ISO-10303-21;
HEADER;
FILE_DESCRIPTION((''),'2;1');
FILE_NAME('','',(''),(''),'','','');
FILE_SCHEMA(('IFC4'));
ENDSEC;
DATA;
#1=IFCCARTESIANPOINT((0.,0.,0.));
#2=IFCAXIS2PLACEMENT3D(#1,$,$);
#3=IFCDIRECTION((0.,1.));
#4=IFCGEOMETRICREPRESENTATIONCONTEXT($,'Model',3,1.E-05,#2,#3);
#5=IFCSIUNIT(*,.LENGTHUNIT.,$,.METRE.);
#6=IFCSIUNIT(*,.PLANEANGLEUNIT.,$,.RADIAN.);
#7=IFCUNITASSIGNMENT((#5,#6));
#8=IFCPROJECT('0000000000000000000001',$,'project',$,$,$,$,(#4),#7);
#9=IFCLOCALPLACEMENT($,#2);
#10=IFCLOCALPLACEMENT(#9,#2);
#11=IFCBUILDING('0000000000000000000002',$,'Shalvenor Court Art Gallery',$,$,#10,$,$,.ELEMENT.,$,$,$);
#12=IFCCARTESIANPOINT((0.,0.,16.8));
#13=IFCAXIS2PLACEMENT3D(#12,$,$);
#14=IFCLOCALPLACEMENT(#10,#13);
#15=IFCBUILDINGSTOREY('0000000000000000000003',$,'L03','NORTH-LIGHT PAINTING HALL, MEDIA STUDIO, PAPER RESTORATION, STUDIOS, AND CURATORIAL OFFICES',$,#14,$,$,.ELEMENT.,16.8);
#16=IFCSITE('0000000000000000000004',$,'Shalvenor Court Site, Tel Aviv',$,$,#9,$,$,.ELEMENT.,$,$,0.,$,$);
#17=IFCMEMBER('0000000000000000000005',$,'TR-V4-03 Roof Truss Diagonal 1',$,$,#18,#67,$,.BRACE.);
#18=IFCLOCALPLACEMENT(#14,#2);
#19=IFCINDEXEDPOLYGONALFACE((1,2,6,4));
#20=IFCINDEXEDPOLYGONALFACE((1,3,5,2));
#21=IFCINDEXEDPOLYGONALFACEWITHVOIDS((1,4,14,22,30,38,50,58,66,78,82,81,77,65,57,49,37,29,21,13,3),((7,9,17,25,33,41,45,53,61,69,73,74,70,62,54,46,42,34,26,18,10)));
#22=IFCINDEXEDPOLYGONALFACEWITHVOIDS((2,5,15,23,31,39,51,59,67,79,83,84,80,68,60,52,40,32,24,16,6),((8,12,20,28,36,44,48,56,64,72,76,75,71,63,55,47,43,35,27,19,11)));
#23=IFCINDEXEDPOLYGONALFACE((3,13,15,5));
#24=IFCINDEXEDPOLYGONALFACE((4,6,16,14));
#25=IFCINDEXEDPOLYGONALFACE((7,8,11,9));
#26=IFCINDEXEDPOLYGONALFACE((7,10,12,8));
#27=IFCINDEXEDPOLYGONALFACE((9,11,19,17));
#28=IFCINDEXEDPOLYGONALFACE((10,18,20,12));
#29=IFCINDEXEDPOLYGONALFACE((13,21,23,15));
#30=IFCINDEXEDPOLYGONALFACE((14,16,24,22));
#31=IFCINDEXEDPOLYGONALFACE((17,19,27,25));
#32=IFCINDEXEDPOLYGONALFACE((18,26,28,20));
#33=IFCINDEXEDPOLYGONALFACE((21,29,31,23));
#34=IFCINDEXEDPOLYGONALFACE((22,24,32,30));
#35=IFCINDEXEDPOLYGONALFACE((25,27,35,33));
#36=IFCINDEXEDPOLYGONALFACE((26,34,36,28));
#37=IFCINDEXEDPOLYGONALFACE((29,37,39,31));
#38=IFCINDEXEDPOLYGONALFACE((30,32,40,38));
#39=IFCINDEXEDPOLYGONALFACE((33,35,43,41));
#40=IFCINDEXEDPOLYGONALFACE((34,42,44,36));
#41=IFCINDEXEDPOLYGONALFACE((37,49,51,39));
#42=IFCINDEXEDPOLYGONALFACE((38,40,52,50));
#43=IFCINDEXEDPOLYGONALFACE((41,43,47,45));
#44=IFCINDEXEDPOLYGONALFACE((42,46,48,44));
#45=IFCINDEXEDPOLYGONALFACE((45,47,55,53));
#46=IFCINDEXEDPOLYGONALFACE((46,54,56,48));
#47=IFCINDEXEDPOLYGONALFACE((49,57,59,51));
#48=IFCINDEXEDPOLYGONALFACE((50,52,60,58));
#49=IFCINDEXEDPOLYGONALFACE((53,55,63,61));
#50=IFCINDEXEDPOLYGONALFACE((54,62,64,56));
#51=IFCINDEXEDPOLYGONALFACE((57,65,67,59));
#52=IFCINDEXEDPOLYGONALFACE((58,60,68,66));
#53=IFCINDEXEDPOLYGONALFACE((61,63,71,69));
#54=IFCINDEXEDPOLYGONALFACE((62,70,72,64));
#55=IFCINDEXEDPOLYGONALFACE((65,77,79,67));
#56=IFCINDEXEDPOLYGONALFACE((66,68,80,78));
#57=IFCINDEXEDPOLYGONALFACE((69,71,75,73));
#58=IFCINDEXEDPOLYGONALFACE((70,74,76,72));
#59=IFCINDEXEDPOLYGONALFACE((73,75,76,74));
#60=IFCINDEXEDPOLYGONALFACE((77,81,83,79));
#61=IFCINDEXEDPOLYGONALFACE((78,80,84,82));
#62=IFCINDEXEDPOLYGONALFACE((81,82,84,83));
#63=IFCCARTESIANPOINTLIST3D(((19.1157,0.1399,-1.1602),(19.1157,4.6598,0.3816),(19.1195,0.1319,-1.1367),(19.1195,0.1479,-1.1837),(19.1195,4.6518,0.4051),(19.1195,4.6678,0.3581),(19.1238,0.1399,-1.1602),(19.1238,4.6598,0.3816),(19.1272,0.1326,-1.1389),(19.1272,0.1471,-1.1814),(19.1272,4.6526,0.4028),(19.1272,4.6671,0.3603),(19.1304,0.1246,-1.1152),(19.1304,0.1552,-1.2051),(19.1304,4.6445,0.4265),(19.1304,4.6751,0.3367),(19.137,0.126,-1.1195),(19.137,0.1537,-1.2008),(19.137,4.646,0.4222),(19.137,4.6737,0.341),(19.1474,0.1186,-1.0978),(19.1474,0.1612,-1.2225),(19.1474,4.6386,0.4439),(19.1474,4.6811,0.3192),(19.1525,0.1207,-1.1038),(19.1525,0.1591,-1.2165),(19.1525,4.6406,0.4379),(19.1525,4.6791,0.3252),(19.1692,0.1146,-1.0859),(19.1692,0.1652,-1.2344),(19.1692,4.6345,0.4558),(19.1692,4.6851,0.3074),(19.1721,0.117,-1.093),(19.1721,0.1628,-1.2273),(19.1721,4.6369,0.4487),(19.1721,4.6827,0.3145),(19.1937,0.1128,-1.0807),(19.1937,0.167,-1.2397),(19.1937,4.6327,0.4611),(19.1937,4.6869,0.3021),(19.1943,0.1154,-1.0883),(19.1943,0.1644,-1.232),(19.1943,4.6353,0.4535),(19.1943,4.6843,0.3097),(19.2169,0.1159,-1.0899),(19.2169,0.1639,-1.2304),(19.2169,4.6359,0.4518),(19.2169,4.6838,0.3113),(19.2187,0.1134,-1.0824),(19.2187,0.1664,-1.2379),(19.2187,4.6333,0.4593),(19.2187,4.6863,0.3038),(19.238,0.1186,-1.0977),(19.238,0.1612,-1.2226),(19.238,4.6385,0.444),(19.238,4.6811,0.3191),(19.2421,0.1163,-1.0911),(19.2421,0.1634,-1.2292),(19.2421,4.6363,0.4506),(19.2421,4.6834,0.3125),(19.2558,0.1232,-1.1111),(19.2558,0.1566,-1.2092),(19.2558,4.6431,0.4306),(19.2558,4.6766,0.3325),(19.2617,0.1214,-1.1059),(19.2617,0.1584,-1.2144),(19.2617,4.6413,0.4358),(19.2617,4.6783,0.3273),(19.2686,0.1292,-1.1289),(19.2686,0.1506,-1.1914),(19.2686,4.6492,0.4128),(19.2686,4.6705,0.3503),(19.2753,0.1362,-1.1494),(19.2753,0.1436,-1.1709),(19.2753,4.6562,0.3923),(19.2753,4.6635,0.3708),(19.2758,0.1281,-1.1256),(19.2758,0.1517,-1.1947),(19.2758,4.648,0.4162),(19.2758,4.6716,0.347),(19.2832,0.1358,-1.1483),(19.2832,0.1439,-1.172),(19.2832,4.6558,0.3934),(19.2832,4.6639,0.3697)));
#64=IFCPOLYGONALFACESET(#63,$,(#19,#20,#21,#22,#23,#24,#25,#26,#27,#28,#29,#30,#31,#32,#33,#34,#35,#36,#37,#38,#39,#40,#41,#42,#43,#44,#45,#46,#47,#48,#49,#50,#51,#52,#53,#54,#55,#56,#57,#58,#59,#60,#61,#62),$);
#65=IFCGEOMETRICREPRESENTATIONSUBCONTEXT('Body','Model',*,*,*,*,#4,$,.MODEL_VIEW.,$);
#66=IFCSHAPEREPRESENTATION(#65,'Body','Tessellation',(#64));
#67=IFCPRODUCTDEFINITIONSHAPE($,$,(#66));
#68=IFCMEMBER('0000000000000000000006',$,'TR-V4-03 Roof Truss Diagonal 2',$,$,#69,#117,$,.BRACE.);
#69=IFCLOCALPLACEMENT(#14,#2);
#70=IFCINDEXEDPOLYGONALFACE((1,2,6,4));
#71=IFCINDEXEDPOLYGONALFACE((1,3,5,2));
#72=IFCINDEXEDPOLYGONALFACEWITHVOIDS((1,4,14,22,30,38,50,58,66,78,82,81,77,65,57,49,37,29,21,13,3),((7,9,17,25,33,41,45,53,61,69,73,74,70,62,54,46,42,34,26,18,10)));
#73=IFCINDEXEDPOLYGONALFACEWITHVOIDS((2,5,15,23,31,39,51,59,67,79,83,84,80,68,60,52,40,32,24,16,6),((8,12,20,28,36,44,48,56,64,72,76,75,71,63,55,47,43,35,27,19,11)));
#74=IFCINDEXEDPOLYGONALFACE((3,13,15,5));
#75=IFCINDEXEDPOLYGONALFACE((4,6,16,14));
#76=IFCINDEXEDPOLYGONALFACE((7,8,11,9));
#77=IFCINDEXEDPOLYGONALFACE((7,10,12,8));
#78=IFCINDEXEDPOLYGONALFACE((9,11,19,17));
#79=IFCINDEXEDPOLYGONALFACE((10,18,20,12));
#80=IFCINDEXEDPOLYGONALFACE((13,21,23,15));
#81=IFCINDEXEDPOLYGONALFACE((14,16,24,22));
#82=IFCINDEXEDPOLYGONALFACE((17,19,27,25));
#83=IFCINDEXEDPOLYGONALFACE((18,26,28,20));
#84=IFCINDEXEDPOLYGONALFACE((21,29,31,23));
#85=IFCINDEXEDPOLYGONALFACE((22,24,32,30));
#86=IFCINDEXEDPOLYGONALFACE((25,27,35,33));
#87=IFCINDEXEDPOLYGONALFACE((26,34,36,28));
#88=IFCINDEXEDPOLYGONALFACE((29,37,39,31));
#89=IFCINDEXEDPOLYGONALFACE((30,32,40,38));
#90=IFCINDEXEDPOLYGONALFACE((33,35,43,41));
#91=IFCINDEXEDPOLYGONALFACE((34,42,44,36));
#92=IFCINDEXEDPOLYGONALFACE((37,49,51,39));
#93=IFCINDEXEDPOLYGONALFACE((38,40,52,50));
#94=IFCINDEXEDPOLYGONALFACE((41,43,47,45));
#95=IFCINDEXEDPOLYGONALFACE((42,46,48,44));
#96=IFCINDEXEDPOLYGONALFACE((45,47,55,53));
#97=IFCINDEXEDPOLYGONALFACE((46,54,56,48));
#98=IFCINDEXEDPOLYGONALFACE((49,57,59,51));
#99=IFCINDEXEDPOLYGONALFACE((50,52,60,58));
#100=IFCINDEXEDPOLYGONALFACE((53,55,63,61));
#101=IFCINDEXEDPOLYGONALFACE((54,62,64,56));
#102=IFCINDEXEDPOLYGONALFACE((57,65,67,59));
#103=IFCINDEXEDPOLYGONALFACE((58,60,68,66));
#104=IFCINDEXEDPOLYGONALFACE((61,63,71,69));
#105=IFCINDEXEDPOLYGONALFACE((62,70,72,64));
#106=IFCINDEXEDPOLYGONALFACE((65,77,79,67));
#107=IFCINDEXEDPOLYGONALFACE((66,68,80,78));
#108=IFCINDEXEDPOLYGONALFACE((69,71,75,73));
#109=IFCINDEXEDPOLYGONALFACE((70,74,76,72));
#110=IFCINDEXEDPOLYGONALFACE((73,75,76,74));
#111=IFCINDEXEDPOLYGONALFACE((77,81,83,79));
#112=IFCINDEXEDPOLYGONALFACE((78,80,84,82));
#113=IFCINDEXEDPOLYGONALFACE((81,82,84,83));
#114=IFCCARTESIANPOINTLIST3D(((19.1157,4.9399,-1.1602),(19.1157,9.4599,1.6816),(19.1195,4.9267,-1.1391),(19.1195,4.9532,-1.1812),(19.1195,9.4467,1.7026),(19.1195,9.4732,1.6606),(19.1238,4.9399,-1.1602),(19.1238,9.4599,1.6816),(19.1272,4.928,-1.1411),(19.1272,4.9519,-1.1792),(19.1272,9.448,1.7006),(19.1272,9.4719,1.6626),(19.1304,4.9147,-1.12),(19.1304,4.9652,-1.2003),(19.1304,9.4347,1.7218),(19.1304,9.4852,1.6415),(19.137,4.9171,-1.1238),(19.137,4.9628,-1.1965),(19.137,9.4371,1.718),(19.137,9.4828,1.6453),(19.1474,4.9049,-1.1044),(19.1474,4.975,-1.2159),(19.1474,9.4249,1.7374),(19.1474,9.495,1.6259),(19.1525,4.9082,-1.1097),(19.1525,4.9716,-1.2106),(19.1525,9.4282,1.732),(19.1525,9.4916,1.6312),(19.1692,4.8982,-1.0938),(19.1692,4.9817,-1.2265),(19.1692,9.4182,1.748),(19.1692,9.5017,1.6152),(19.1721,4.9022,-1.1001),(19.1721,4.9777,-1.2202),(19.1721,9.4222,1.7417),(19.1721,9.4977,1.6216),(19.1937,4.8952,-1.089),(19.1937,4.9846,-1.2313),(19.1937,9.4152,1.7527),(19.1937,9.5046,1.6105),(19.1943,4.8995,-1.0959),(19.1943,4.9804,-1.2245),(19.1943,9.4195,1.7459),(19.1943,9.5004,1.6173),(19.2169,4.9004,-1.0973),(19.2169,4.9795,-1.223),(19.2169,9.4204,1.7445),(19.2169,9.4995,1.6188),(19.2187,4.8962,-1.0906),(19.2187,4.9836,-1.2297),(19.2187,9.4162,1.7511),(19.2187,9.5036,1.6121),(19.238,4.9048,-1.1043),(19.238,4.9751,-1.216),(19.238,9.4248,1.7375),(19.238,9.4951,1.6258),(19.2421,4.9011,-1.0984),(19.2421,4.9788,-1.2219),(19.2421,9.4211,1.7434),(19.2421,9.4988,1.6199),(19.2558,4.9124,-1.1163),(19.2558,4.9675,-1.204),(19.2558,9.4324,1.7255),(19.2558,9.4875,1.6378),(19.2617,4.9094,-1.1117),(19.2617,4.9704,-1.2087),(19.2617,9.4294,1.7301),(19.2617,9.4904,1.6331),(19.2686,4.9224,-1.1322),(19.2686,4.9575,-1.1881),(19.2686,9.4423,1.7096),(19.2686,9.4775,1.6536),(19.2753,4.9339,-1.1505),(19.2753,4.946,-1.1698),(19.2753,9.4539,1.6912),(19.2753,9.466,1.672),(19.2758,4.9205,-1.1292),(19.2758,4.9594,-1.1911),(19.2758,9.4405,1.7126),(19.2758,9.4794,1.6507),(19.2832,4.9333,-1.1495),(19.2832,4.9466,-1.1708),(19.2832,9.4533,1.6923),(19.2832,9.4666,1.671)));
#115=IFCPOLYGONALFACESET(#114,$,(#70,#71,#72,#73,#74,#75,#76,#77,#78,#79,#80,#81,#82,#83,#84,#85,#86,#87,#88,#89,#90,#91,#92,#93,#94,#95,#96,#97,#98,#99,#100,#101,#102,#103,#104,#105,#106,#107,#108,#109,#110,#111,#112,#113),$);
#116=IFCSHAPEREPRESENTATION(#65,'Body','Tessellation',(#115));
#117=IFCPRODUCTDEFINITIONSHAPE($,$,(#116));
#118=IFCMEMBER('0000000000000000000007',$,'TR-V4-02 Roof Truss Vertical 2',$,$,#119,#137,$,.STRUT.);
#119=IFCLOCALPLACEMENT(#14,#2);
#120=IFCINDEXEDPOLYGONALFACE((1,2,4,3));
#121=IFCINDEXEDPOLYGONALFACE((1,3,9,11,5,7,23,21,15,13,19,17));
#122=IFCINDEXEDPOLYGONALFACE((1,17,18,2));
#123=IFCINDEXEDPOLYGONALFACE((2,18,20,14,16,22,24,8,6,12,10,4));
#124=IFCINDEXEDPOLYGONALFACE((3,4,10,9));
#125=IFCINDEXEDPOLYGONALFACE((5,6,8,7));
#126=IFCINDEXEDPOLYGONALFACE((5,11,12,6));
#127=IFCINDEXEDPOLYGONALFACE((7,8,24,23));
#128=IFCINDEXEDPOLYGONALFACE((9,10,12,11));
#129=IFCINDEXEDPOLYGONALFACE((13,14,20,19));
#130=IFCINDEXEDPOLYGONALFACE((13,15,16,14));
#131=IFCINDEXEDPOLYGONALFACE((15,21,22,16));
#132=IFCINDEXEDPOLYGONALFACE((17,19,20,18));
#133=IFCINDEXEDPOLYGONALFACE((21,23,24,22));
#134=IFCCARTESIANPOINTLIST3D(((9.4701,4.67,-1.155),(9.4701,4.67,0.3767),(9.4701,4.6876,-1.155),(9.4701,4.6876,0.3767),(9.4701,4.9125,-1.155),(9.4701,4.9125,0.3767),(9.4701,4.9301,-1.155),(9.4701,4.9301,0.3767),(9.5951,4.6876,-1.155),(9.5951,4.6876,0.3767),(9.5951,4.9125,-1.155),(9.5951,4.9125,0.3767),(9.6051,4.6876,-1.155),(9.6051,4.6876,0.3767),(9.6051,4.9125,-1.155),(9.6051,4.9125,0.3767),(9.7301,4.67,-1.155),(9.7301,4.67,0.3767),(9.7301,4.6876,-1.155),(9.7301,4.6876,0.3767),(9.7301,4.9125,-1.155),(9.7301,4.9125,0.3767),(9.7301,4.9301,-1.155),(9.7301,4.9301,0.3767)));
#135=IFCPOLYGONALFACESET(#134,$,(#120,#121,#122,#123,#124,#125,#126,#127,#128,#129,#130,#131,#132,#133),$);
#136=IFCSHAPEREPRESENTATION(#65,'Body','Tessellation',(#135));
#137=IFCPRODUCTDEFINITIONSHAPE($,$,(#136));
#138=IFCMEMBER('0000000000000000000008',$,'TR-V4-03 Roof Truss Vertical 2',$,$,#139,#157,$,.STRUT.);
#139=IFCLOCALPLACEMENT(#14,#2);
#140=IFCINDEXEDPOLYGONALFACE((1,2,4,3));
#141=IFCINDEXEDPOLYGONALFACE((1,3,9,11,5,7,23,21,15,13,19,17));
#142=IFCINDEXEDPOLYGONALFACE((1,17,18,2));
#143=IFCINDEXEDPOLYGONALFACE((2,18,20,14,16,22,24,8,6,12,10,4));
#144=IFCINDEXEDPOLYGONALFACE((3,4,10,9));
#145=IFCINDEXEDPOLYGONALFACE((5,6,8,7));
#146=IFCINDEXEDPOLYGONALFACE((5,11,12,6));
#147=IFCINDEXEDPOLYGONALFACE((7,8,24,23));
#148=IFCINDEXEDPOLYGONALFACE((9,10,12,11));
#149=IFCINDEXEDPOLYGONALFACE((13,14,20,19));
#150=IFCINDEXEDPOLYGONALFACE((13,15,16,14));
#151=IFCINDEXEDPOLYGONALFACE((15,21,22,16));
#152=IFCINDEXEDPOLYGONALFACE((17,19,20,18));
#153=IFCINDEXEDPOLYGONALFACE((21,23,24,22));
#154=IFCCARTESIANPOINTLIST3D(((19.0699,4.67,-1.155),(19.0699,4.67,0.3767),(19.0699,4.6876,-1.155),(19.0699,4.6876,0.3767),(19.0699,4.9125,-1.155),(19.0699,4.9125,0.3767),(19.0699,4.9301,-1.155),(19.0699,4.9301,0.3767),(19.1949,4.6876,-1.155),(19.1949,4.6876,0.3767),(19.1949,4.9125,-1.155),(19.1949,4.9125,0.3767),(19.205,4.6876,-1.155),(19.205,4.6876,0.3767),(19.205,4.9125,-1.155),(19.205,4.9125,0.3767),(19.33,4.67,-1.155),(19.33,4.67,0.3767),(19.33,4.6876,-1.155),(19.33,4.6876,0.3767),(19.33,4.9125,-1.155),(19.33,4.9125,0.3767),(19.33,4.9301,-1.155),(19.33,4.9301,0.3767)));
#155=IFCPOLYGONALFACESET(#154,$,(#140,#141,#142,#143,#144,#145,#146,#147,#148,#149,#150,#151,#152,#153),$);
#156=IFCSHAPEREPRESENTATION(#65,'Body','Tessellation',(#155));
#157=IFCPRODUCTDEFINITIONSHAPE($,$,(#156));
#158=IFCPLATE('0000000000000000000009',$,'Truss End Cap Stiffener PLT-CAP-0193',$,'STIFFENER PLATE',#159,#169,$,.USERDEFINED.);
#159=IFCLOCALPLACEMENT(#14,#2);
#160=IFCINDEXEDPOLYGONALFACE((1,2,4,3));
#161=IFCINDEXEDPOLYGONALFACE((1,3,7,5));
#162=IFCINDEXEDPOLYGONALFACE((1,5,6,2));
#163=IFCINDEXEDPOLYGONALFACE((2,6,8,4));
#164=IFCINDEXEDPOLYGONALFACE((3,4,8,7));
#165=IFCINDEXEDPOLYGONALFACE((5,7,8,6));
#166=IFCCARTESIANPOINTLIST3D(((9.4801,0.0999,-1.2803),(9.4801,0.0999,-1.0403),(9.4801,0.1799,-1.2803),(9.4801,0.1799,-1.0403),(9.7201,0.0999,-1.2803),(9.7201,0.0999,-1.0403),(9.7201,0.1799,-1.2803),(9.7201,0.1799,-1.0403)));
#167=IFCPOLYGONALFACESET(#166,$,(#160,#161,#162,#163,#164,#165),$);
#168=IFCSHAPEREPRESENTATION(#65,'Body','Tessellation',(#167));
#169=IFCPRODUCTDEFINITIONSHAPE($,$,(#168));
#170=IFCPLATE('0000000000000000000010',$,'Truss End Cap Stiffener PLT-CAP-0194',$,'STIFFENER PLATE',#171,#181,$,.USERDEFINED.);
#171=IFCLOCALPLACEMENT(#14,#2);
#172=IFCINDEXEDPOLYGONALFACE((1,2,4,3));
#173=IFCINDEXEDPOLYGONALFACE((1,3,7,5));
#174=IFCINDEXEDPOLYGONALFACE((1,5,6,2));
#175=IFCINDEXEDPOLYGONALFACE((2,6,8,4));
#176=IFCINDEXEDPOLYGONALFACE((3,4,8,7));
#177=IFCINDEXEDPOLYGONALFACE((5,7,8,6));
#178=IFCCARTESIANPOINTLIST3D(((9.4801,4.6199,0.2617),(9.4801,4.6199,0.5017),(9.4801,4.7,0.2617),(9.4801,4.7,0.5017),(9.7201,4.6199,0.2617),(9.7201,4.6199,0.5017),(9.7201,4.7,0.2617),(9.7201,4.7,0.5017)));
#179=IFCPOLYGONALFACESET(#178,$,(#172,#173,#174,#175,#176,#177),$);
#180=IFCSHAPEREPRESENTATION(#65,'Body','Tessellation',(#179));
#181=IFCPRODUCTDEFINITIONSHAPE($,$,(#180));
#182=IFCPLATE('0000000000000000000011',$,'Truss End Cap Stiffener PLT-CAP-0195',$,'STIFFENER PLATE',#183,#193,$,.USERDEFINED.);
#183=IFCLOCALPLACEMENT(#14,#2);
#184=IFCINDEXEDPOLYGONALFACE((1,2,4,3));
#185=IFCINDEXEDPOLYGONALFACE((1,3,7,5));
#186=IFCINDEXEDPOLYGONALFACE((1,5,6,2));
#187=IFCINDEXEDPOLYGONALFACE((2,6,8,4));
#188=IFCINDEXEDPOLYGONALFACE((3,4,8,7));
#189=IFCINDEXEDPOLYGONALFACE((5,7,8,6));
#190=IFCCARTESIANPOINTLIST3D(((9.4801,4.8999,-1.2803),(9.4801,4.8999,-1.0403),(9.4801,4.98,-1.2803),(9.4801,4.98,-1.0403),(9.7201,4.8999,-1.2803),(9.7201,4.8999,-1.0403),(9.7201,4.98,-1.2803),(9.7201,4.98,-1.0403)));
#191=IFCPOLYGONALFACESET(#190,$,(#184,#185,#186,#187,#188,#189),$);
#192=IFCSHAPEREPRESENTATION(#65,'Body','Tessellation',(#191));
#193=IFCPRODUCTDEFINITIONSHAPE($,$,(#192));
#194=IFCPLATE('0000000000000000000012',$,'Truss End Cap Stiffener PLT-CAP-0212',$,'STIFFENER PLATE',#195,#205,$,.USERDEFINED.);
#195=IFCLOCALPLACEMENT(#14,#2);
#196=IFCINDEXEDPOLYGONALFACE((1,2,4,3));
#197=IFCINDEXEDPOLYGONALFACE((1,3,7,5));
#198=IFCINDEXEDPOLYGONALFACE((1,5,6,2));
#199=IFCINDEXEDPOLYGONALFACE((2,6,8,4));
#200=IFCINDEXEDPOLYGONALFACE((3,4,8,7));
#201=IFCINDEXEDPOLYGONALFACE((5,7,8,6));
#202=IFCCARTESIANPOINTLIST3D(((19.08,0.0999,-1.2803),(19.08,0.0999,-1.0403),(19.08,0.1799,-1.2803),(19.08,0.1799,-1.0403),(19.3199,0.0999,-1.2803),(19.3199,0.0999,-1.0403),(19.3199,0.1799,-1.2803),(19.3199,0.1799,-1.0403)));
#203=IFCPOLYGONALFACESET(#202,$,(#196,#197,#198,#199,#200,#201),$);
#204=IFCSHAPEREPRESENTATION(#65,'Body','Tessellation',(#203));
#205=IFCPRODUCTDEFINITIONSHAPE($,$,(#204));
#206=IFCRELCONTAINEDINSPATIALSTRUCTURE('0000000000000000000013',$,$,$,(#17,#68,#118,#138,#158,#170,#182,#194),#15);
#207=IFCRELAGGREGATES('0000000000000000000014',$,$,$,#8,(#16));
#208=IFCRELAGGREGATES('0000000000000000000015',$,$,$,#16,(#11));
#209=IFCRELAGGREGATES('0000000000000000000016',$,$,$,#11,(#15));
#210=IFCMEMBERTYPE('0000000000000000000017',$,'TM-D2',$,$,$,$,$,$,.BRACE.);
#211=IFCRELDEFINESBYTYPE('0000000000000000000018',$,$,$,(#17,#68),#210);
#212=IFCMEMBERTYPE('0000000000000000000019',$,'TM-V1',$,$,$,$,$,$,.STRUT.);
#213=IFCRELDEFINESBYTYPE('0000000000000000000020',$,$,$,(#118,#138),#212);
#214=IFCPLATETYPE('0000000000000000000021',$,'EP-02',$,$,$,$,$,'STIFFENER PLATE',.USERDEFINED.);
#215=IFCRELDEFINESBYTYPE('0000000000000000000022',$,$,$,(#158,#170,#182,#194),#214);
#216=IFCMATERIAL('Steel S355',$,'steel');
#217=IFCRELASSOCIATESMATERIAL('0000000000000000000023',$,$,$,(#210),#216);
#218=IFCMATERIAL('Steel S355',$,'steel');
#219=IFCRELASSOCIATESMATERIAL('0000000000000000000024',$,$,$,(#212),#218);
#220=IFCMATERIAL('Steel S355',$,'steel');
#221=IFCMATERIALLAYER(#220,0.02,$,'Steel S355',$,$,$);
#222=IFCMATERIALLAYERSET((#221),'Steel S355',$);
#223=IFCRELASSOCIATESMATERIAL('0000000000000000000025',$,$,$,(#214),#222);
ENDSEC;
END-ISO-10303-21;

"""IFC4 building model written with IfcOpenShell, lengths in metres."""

from ifc_helpers import new_model, si_unit, direction, frame, origin, origin_2d, place, context, subcontext, project, spatial, rectangle, hollow_circle, i_section, extrude, material, layer, layer_set, material_profile, profile_set, type_object, element, save


model = new_model("IFC4")

# Units and contexts
model_context = context("Model", 3, precision=1e-05, world=origin(), true_north=direction((0.0, 1.0)))
body_context = subcontext(model_context, "Body", "Model", "MODEL_VIEW")
ifc_project = project(units=[si_unit("LENGTHUNIT", "METRE"), si_unit("PLANEANGLEUNIT", "RADIAN")], contexts=[model_context])

# Site, building, storey
site_placement = place(None, origin())
site = spatial("IfcSite", under=ifc_project, at=site_placement, Name="Shalvenor Court Site, Tel Aviv", CompositionType="ELEMENT", RefElevation=0.0)
building_placement = place(site_placement, origin())
building = spatial("IfcBuilding", under=site, at=building_placement, Name="Shalvenor Court Art Gallery", CompositionType="ELEMENT")
storey_placement = place(building_placement, frame((0.0, 0.0, 16.8)))
storey = spatial("IfcBuildingStorey", under=building, at=storey_placement, Name="L03", Description="NORTH-LIGHT PAINTING HALL, MEDIA STUDIO, PAPER RESTORATION, STUDIOS, AND CURATORIAL OFFICES", CompositionType="ELEMENT", Elevation=16.8)

# Members
ifc_material_1 = material(Name="Steel S355", Category="steel")
ifc_material_profile_1 = material_profile(ifc_material_1, hollow_circle(Radius=0.0842, WallThickness=0.0081, at=origin_2d()), Name="CHS 168.3x8.0")
ifc_profile_set_1 = profile_set([ifc_material_profile_1], Name="Steel S355")
member_type_1 = type_object("IfcMemberType", Name="TM-D2", PredefinedType="BRACE", material=ifc_profile_set_1)
member_1_placement = place(storey_placement, frame((19.2, 0.1399, -1.1602), z_axis=(0.0, 0.946457, 0.32283), x_axis=(-1.0, 0.0, 0.0)))
element("IfcMember", 1, at=member_1_placement, inside=storey, type_object=member_type_1, Name="TR-V4-03 Roof Truss Diagonal 1", PredefinedType="BRACE", context=body_context, shape_type="SweptSolid", body=[
    extrude(hollow_circle(Radius=0.0842, WallThickness=0.0081, at=origin_2d()), origin(), (0.0, 0.0, 1.0), 4.7756),
])
member_2_placement = place(storey_placement, frame((19.2, 4.9399, -1.1602), z_axis=(0.0, 0.846582, 0.532258), x_axis=(-1.0, 0.0, 0.0)))
element("IfcMember", 2, at=member_2_placement, inside=storey, type_object=member_type_1, Name="TR-V4-03 Roof Truss Diagonal 2", PredefinedType="BRACE", context=body_context, shape_type="SweptSolid", body=[
    extrude(hollow_circle(Radius=0.0842, WallThickness=0.0081, at=origin_2d()), origin(), (0.0, 0.0, 1.0), 5.3391),
])
ifc_material_2 = material(Name="Steel S355", Category="steel")
ifc_material_profile_2 = material_profile(ifc_material_2, i_section(OverallWidth=0.26, OverallDepth=0.26, WebThickness=0.01, FlangeThickness=0.0176, at=origin_2d()), Name="HEB 260")
ifc_profile_set_2 = profile_set([ifc_material_profile_2], Name="Steel S355")
member_type_2 = type_object("IfcMemberType", Name="TM-V1", PredefinedType="STRUT", material=ifc_profile_set_2)
for number, where, z_axis, x_axis, name in (
    (3, (9.6001, 4.8, -1.155), (0.0, 0.0, 1.0), (1.0, 0.0, 0.0), "TR-V4-02 Roof Truss Vertical 2"),
    (4, (19.2, 4.8, -1.155), (0.0, 0.0, 1.0), (1.0, 0.0, 0.0), "TR-V4-03 Roof Truss Vertical 2"),
):
    element("IfcMember", number, at=place(storey_placement, frame(where, z_axis=z_axis, x_axis=x_axis)), inside=storey, type_object=member_type_2, Name=name, PredefinedType="STRUT", context=body_context, shape_type="SweptSolid", body=[
        extrude(i_section(OverallWidth=0.26, OverallDepth=0.26, WebThickness=0.01, FlangeThickness=0.0176, at=origin_2d()), origin(), (0.0, 0.0, 1.0), 1.5317),
    ])

# Plates
ifc_material_3 = material(Name="Steel S355", Category="steel")
ifc_layer_1 = layer(ifc_material_3, 0.02, Name="Steel S355")
ifc_layer_set_1 = layer_set([ifc_layer_1], Name="Steel S355")
plate_type_1 = type_object("IfcPlateType", Name="EP-02", ElementType="STIFFENER PLATE", PredefinedType="USERDEFINED", material=ifc_layer_set_1)
for number, where, z_axis, x_axis, name in (
    (5, (9.6001, 0.1399, -1.2803), (0.0, 0.0, 1.0), (1.0, 0.0, 0.0), "Truss End Cap Stiffener PLT-CAP-0193"),
    (6, (9.6001, 4.6599, 0.2617), (0.0, 0.0, 1.0), (1.0, 0.0, 0.0), "Truss End Cap Stiffener PLT-CAP-0194"),
    (7, (9.6001, 4.9399, -1.2803), (0.0, 0.0, 1.0), (1.0, 0.0, 0.0), "Truss End Cap Stiffener PLT-CAP-0195"),
    (8, (19.2, 0.1399, -1.2803), (0.0, 0.0, 1.0), (1.0, 0.0, 0.0), "Truss End Cap Stiffener PLT-CAP-0212"),
):
    element("IfcPlate", number, at=place(storey_placement, frame(where, z_axis=z_axis, x_axis=x_axis)), inside=storey, type_object=plate_type_1, Name=name, ObjectType="STIFFENER PLATE", PredefinedType="USERDEFINED", context=body_context, shape_type="SweptSolid", body=[
        extrude(rectangle(XDim=0.24, YDim=0.0801, at=origin_2d()), origin(), (0.0, 0.0, 1.0), 0.24),
    ])

save(model, "model.ifc")
